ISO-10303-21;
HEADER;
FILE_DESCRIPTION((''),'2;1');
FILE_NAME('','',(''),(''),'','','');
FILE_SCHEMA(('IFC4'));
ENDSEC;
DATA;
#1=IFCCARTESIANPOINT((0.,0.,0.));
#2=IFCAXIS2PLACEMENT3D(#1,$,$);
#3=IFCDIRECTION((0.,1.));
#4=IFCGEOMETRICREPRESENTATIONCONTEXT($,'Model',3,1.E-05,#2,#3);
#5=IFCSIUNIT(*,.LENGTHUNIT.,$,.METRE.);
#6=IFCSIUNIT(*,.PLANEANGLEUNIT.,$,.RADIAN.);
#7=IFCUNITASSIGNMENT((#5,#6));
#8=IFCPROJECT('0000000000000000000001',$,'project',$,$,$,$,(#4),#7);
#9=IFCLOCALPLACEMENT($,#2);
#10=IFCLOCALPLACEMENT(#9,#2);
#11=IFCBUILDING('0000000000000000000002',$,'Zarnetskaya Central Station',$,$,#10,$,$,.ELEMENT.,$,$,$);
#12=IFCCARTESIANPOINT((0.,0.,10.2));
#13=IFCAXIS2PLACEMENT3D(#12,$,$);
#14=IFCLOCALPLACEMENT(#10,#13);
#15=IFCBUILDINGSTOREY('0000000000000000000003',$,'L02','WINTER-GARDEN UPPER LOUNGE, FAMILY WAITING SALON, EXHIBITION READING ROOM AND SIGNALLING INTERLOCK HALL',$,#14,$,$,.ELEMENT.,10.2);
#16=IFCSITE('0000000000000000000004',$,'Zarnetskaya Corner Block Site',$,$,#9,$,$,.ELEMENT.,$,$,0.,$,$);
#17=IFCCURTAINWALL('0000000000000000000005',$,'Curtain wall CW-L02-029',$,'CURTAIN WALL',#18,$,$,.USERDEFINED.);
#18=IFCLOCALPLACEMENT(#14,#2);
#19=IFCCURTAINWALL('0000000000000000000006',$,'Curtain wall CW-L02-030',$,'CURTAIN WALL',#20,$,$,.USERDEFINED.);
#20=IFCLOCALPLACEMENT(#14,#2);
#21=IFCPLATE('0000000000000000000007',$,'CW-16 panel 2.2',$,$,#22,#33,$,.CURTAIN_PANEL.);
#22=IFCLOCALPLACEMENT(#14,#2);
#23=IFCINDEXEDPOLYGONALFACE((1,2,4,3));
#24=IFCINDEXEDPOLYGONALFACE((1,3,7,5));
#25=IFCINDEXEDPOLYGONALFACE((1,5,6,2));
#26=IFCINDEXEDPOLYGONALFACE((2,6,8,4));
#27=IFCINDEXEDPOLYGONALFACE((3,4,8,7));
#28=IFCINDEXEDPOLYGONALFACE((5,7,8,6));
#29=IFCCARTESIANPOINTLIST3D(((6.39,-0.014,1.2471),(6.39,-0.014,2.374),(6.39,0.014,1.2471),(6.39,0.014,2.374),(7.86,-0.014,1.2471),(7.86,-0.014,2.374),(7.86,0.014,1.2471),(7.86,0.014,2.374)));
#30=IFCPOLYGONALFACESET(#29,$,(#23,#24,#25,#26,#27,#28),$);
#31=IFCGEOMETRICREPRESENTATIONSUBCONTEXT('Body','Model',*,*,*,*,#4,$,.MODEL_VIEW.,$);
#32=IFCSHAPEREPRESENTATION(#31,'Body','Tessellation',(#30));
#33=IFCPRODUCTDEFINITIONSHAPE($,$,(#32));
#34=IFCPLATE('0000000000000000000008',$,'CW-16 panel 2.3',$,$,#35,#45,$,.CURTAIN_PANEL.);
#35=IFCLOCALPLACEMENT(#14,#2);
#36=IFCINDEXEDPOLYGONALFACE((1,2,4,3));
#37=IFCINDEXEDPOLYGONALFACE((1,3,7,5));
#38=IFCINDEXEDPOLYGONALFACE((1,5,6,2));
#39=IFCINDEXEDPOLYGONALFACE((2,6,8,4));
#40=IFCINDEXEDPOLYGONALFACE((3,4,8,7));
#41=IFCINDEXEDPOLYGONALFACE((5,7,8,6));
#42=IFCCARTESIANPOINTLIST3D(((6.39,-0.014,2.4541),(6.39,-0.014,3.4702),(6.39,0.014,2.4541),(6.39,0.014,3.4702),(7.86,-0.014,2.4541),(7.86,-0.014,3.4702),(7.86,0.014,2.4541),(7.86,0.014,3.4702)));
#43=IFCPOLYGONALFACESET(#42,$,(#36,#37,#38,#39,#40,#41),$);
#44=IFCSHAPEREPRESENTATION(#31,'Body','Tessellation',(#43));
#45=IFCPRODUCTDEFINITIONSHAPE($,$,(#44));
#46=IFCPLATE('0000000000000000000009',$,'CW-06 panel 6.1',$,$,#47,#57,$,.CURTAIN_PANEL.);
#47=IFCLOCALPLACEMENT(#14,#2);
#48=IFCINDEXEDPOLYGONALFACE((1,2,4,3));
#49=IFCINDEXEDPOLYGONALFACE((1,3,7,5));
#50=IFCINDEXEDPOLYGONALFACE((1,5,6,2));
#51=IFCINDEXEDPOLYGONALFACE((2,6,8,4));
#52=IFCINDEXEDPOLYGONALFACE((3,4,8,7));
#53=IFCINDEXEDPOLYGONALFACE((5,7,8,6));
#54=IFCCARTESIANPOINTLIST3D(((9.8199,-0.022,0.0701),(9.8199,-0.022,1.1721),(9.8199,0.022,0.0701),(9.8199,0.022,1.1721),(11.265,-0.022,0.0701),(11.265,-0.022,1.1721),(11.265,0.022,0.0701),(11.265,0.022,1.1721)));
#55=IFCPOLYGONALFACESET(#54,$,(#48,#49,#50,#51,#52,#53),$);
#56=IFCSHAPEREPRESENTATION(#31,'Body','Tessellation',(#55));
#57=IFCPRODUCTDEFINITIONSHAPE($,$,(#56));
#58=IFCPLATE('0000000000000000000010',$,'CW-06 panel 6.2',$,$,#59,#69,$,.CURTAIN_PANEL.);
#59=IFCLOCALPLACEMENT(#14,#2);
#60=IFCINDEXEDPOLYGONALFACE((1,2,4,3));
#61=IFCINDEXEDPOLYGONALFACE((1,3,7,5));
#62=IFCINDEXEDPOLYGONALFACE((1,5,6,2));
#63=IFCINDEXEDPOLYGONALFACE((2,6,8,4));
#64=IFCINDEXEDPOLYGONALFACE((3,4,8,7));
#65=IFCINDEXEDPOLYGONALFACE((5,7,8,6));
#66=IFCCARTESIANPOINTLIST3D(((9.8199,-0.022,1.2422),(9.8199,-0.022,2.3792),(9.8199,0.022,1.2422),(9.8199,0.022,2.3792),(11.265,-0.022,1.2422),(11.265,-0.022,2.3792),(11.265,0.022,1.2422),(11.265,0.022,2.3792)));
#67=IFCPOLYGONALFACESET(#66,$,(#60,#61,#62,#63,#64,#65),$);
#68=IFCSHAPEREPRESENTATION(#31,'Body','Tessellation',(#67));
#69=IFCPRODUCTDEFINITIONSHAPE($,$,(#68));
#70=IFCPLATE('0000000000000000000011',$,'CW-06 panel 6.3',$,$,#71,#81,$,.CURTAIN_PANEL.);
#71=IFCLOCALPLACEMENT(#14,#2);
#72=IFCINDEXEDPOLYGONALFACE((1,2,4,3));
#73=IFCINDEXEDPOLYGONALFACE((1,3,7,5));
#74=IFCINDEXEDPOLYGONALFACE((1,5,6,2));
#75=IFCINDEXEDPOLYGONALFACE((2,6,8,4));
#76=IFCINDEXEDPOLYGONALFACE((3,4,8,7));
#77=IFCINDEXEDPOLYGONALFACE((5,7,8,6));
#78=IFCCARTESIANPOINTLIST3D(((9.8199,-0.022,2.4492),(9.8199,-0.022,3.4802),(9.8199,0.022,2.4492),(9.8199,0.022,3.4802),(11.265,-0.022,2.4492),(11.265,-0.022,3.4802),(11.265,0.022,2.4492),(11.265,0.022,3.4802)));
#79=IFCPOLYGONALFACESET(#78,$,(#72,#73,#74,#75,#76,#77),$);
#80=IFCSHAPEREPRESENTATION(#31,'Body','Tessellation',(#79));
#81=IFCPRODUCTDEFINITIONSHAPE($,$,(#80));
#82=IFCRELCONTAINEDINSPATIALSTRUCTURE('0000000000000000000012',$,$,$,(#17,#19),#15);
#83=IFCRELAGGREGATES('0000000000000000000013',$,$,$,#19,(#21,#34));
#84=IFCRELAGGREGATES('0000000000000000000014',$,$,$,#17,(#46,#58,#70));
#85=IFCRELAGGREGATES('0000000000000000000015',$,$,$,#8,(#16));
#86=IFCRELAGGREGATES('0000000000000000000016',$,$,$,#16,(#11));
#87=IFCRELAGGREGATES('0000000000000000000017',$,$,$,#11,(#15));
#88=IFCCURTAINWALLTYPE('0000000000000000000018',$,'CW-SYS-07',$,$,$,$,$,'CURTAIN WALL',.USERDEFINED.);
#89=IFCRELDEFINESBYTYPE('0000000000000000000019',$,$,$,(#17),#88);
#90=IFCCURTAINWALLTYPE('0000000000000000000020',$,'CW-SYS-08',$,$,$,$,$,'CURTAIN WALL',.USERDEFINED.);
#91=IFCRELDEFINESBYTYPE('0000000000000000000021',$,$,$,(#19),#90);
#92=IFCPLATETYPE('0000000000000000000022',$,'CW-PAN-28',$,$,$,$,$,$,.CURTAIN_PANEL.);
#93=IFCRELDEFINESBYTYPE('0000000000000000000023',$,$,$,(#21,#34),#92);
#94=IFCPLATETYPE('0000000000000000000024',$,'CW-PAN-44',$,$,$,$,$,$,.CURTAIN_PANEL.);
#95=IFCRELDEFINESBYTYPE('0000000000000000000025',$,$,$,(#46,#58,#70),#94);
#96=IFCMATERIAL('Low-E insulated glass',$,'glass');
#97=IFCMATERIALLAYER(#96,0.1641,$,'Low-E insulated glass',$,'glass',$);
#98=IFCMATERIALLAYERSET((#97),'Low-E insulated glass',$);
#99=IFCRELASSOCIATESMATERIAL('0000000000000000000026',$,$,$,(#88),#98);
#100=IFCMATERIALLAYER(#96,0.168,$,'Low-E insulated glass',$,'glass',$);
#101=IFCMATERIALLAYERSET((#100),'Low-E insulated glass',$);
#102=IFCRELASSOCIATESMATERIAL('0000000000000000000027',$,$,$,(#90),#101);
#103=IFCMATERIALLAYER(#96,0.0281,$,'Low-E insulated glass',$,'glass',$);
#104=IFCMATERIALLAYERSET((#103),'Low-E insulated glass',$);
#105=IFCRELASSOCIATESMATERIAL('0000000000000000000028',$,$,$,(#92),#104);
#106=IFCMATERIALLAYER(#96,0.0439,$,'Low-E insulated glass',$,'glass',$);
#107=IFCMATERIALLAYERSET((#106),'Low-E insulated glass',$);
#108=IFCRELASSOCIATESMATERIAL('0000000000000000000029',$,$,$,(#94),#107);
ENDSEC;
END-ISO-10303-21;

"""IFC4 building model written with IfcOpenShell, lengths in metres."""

from ifc_helpers import new_model, si_unit, direction, frame, origin, origin_2d, place, context, subcontext, project, spatial, rectangle, extrude, material, layer, layer_set, type_object, element, aggregate, save


model = new_model("IFC4")

# Units and contexts
model_context = context("Model", 3, precision=1e-05, world=origin(), true_north=direction((0.0, 1.0)))
body_context = subcontext(model_context, "Body", "Model", "MODEL_VIEW")
ifc_project = project(units=[si_unit("LENGTHUNIT", "METRE"), si_unit("PLANEANGLEUNIT", "RADIAN")], contexts=[model_context])

# Site, building, storey
site_placement = place(None, origin())
site = spatial("IfcSite", under=ifc_project, at=site_placement, Name="Zarnetskaya Corner Block Site", CompositionType="ELEMENT", RefElevation=0.0)
building_placement = place(site_placement, origin())
building = spatial("IfcBuilding", under=site, at=building_placement, Name="Zarnetskaya Central Station", CompositionType="ELEMENT")
storey_placement = place(building_placement, frame((0.0, 0.0, 10.2)))
storey = spatial("IfcBuildingStorey", under=building, at=storey_placement, Name="L02", Description="WINTER-GARDEN UPPER LOUNGE, FAMILY WAITING SALON, EXHIBITION READING ROOM AND SIGNALLING INTERLOCK HALL", CompositionType="ELEMENT", Elevation=10.2)

# Curtain wall
ifc_material_1 = material(Name="Low-E insulated glass", Category="glass")
ifc_layer_1 = layer(ifc_material_1, 0.1641, Name="Low-E insulated glass", Category="glass")
ifc_layer_set_1 = layer_set([ifc_layer_1], Name="Low-E insulated glass")
curtain_wall_type_1 = type_object("IfcCurtainWallType", Name="CW-SYS-07", ElementType="CURTAIN WALL", PredefinedType="USERDEFINED", material=ifc_layer_set_1)
curtain_wall_1_placement = place(storey_placement, origin())
curtain_wall_1 = element("IfcCurtainWall", 1, at=curtain_wall_1_placement, inside=storey, type_object=curtain_wall_type_1, Name="Curtain wall CW-L02-029", ObjectType="CURTAIN WALL", PredefinedType="USERDEFINED")

# Curtain wall
ifc_layer_2 = layer(ifc_material_1, 0.168, Name="Low-E insulated glass", Category="glass")
ifc_layer_set_2 = layer_set([ifc_layer_2], Name="Low-E insulated glass")
curtain_wall_type_2 = type_object("IfcCurtainWallType", Name="CW-SYS-08", ElementType="CURTAIN WALL", PredefinedType="USERDEFINED", material=ifc_layer_set_2)
curtain_wall_2_placement = place(storey_placement, origin())
curtain_wall_2 = element("IfcCurtainWall", 2, at=curtain_wall_2_placement, inside=storey, type_object=curtain_wall_type_2, Name="Curtain wall CW-L02-030", ObjectType="CURTAIN WALL", PredefinedType="USERDEFINED")

# Plates
ifc_layer_3 = layer(ifc_material_1, 0.0281, Name="Low-E insulated glass", Category="glass")
ifc_layer_set_3 = layer_set([ifc_layer_3], Name="Low-E insulated glass")
plate_type_1 = type_object("IfcPlateType", Name="CW-PAN-28", PredefinedType="CURTAIN_PANEL", material=ifc_layer_set_3)
plate_1_placement = place(storey_placement, frame((7.125, 0.0, 1.2471), z_axis=(0.0, 0.0, 1.0), x_axis=(-1.0, 0.0, 0.0)))
plate_1 = element("IfcPlate", 3, at=plate_1_placement, type_object=plate_type_1, Name="CW-16 panel 2.2", PredefinedType="CURTAIN_PANEL", context=body_context, shape_type="SweptSolid", body=[
    extrude(rectangle(XDim=1.47, YDim=0.0281, at=origin_2d()), origin(), (0.0, 0.0, 1.0), 1.127),
])
plate_2_placement = place(storey_placement, frame((7.125, 0.0, 2.4541), z_axis=(0.0, 0.0, 1.0), x_axis=(-1.0, 0.0, 0.0)))
plate_2 = element("IfcPlate", 4, at=plate_2_placement, type_object=plate_type_1, Name="CW-16 panel 2.3", PredefinedType="CURTAIN_PANEL", context=body_context, shape_type="SweptSolid", body=[
    extrude(rectangle(XDim=1.47, YDim=0.0281, at=origin_2d()), origin(), (0.0, 0.0, 1.0), 1.0161),
])
aggregate(curtain_wall_2, [plate_1, plate_2])
ifc_layer_4 = layer(ifc_material_1, 0.0439, Name="Low-E insulated glass", Category="glass")
ifc_layer_set_4 = layer_set([ifc_layer_4], Name="Low-E insulated glass")
plate_type_2 = type_object("IfcPlateType", Name="CW-PAN-44", PredefinedType="CURTAIN_PANEL", material=ifc_layer_set_4)
plate_3_placement = place(storey_placement, frame((10.5425, 0.0, 0.0701), z_axis=(0.0, 0.0, 1.0), x_axis=(-1.0, 0.0, 0.0)))
plate_3 = element("IfcPlate", 5, at=plate_3_placement, type_object=plate_type_2, Name="CW-06 panel 6.1", PredefinedType="CURTAIN_PANEL", context=body_context, shape_type="SweptSolid", body=[
    extrude(rectangle(XDim=1.4451, YDim=0.0439, at=origin_2d()), origin(), (0.0, 0.0, 1.0), 1.1021),
])
plate_4_placement = place(storey_placement, frame((10.5425, 0.0, 1.2422), z_axis=(0.0, 0.0, 1.0), x_axis=(-1.0, 0.0, 0.0)))
plate_4 = element("IfcPlate", 6, at=plate_4_placement, type_object=plate_type_2, Name="CW-06 panel 6.2", PredefinedType="CURTAIN_PANEL", context=body_context, shape_type="SweptSolid", body=[
    extrude(rectangle(XDim=1.4451, YDim=0.0439, at=origin_2d()), origin(), (0.0, 0.0, 1.0), 1.137),
])
plate_5_placement = place(storey_placement, frame((10.5425, 0.0, 2.4492), z_axis=(0.0, 0.0, 1.0), x_axis=(-1.0, 0.0, 0.0)))
plate_5 = element("IfcPlate", 7, at=plate_5_placement, type_object=plate_type_2, Name="CW-06 panel 6.3", PredefinedType="CURTAIN_PANEL", context=body_context, shape_type="SweptSolid", body=[
    extrude(rectangle(XDim=1.4451, YDim=0.0439, at=origin_2d()), origin(), (0.0, 0.0, 1.0), 1.031),
])
aggregate(curtain_wall_1, [plate_3, plate_4, plate_5])

save(model, "model.ifc")
